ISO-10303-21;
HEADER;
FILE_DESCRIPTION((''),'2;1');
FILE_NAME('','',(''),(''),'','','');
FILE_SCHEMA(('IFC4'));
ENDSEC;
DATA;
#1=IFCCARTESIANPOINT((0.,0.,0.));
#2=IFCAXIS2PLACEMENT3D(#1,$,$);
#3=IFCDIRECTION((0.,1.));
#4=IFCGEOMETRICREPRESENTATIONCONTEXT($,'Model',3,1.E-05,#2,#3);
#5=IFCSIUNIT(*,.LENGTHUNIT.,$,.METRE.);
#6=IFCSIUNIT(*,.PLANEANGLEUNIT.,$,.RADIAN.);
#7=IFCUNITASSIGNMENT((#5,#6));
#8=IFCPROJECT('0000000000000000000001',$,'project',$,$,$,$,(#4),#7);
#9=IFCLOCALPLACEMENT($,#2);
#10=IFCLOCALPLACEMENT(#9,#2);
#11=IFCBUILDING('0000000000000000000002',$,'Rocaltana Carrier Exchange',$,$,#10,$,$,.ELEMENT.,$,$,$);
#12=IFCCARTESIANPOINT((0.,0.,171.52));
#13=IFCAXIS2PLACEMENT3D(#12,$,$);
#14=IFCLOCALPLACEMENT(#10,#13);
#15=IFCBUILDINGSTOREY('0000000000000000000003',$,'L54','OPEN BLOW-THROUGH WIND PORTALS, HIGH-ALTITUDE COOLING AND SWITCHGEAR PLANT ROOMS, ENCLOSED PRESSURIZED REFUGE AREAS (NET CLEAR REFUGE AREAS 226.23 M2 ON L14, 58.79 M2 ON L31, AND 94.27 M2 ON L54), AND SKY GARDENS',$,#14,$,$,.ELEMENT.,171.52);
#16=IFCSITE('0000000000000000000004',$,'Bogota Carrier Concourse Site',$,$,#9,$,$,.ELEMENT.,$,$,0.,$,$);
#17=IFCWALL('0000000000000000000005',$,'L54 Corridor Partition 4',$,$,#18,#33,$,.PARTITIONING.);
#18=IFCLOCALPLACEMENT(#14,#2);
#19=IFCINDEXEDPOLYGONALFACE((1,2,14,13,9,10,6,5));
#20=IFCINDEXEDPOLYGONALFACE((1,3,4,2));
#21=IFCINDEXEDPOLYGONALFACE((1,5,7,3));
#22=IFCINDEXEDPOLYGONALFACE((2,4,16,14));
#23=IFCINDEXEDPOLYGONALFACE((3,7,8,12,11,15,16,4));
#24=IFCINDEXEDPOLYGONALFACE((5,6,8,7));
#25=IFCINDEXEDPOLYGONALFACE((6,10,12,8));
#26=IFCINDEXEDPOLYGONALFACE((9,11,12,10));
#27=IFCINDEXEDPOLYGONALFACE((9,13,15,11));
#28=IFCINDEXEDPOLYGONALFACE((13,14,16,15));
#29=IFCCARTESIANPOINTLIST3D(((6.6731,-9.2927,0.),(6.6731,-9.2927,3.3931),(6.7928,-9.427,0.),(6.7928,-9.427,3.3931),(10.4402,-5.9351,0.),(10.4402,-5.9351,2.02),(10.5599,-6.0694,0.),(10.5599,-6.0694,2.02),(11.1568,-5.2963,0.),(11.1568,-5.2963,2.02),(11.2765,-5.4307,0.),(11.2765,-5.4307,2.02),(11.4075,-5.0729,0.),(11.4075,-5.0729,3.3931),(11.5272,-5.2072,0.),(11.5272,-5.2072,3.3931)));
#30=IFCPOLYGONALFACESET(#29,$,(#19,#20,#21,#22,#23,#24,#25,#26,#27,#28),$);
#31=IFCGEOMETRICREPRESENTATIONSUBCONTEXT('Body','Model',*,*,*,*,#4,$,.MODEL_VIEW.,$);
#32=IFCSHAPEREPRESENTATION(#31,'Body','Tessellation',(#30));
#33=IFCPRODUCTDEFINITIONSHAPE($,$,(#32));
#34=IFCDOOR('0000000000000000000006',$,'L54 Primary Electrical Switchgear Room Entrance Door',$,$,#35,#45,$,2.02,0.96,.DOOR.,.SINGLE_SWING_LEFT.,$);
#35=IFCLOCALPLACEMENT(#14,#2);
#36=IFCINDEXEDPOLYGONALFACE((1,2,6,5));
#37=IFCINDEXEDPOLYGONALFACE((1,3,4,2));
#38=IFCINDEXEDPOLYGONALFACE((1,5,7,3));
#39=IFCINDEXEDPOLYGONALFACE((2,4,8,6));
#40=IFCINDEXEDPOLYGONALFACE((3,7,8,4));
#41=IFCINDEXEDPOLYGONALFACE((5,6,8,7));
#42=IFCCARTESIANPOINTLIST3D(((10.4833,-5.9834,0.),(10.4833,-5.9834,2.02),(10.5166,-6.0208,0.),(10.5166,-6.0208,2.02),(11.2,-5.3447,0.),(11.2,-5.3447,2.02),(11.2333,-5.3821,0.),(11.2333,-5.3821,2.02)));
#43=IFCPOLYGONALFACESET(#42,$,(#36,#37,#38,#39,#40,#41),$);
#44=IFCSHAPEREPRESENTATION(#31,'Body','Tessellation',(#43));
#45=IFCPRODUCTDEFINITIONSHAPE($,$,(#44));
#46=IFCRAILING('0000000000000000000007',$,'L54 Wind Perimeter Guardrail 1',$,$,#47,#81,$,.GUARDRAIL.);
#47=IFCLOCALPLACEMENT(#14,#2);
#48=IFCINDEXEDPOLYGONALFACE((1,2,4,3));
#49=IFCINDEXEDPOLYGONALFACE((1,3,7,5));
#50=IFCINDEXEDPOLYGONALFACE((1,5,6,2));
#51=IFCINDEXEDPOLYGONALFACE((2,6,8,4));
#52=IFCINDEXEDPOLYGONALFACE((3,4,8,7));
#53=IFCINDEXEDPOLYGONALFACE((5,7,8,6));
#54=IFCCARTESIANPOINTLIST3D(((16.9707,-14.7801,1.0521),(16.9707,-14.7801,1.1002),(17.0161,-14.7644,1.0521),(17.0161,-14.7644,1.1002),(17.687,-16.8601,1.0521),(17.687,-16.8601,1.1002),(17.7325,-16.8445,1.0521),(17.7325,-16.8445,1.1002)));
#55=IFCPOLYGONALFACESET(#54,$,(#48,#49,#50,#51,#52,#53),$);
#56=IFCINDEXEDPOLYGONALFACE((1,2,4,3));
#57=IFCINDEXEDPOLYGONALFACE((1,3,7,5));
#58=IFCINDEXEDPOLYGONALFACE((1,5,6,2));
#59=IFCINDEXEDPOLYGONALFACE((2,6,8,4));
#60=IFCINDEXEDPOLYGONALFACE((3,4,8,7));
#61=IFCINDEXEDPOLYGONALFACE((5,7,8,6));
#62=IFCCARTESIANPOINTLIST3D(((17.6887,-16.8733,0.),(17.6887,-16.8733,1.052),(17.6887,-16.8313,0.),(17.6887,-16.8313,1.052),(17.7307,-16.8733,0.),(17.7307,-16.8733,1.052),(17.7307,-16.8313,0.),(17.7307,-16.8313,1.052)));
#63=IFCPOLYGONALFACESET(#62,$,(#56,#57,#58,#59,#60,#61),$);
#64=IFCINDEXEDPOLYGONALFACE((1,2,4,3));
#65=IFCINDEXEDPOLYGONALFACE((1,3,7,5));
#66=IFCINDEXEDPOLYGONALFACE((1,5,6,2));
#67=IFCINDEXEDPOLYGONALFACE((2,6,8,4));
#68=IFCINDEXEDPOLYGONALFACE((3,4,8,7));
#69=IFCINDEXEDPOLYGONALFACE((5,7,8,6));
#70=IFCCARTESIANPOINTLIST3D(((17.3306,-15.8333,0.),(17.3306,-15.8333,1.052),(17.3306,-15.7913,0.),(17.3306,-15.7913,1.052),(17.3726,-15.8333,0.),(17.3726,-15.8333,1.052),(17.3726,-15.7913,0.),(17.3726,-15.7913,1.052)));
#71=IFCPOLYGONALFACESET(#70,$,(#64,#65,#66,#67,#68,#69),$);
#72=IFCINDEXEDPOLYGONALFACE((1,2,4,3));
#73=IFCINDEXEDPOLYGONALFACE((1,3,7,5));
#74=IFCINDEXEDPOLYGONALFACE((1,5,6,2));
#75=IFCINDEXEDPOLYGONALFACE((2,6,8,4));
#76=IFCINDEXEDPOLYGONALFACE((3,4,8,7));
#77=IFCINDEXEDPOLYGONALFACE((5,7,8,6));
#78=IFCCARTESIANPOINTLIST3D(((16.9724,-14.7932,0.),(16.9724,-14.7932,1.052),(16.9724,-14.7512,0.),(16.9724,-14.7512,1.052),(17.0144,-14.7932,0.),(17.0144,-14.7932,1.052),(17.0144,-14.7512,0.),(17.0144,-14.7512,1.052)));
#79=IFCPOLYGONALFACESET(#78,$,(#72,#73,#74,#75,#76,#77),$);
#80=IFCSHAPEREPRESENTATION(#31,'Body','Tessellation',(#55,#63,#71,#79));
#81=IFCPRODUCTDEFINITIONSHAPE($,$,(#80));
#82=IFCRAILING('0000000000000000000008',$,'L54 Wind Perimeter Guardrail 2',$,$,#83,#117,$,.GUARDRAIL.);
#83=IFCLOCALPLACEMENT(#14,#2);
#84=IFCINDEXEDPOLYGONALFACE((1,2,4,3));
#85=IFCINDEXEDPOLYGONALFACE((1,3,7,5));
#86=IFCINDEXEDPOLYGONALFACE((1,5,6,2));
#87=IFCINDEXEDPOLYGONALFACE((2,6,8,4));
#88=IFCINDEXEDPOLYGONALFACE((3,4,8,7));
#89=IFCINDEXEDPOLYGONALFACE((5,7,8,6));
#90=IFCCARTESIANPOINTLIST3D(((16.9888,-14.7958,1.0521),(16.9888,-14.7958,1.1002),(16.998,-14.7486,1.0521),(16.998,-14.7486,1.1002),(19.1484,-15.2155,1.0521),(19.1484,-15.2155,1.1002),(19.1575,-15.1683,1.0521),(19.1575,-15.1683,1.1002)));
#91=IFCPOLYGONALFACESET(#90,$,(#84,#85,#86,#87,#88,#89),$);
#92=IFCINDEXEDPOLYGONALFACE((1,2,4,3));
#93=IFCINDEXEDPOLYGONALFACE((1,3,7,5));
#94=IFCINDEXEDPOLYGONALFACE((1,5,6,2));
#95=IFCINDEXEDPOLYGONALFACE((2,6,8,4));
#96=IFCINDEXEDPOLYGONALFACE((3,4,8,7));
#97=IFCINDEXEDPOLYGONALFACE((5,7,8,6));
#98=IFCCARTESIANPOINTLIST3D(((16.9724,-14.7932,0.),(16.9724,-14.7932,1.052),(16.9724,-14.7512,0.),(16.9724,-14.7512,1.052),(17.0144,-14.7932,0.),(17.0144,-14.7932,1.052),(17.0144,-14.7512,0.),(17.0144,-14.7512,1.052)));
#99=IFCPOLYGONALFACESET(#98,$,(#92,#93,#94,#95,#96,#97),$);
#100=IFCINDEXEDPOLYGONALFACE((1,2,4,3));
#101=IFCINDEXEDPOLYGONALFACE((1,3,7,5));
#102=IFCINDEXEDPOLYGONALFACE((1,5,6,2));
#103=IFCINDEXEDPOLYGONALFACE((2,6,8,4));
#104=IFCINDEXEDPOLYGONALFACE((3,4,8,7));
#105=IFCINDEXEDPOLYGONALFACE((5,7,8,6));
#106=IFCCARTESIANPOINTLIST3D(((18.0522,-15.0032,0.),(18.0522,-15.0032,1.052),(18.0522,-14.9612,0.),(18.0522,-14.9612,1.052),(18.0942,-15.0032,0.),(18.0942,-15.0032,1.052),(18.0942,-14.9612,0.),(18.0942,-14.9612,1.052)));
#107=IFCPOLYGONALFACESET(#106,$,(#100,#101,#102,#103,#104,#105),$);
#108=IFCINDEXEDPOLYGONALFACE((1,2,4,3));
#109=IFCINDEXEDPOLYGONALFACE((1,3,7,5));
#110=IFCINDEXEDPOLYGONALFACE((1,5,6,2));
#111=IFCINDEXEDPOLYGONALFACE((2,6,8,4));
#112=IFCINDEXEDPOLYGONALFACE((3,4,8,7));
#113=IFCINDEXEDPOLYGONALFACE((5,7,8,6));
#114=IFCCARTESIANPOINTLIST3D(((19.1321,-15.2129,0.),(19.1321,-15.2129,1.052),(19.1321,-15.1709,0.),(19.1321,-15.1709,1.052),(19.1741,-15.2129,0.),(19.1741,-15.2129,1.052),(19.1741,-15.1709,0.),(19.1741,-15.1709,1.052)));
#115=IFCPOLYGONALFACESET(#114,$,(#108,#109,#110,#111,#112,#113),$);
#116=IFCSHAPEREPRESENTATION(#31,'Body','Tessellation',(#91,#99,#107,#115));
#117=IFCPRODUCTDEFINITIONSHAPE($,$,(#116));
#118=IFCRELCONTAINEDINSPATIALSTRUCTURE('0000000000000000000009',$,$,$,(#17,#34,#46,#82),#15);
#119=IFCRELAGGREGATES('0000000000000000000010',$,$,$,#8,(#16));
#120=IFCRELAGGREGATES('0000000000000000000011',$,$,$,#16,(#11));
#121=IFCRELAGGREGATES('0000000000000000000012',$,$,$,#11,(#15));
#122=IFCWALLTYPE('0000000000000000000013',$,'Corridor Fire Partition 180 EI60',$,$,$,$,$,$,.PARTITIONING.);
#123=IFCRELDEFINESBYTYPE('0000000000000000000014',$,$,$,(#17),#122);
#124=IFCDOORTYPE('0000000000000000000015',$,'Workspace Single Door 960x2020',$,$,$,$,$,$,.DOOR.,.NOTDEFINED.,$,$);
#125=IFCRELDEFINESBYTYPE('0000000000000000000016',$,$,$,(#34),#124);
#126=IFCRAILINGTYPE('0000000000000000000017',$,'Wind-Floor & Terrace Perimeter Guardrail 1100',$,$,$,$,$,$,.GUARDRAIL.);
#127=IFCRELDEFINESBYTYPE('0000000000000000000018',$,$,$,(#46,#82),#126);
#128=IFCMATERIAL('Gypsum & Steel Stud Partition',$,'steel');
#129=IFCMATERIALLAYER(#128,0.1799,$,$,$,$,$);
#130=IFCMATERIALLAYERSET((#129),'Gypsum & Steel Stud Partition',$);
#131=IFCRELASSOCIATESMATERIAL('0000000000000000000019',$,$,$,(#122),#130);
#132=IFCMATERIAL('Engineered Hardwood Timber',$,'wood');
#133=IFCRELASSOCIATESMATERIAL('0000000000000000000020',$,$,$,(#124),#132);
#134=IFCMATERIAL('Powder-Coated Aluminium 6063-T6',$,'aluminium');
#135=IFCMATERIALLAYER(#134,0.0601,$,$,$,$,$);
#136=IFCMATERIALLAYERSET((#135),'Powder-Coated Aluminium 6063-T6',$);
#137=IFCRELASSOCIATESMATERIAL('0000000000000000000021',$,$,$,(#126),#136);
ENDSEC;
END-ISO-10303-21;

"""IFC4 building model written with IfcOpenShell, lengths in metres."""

from ifc_helpers import new_model, si_unit, direction, frame, frame_2d, origin, origin_2d, place, context, subcontext, project, spatial, rectangle, extrude, material, layer, layer_set, type_object, element, fill, save


model = new_model("IFC4")

# Units and contexts
model_context = context("Model", 3, precision=1e-05, world=origin(), true_north=direction((0.0, 1.0)))
body_context = subcontext(model_context, "Body", "Model", "MODEL_VIEW")
ifc_project = project(units=[si_unit("LENGTHUNIT", "METRE"), si_unit("PLANEANGLEUNIT", "RADIAN")], contexts=[model_context])

# Site, building, storey
site_placement = place(None, origin())
site = spatial("IfcSite", under=ifc_project, at=site_placement, Name="Bogota Carrier Concourse Site", CompositionType="ELEMENT", RefElevation=0.0)
building_placement = place(site_placement, origin())
building = spatial("IfcBuilding", under=site, at=building_placement, Name="Rocaltana Carrier Exchange", CompositionType="ELEMENT")
storey_placement = place(building_placement, frame((0.0, 0.0, 171.52)))
storey = spatial("IfcBuildingStorey", under=building, at=storey_placement, Name="L54", Description="OPEN BLOW-THROUGH WIND PORTALS, HIGH-ALTITUDE COOLING AND SWITCHGEAR PLANT ROOMS, ENCLOSED PRESSURIZED REFUGE AREAS (NET CLEAR REFUGE AREAS 226.23 M2 ON L14, 58.79 M2 ON L31, AND 94.27 M2 ON L54), AND SKY GARDENS", CompositionType="ELEMENT", Elevation=171.52)

# Wall, opening, door
ifc_material_1 = material(Name="Gypsum & Steel Stud Partition", Category="steel")
ifc_layer_1 = layer(ifc_material_1, 0.1799)
ifc_layer_set_1 = layer_set([ifc_layer_1], Name="Gypsum & Steel Stud Partition")
wall_type = type_object("IfcWallType", Name="Corridor Fire Partition 180 EI60", PredefinedType="PARTITIONING", material=ifc_layer_set_1)
wall_placement = place(storey_placement, frame((11.4673, -5.1401, 0.0), z_axis=(0.0, 0.0, 1.0), x_axis=(-0.746517, -0.665367, 0.0)))
wall = element("IfcWall", 1, at=wall_placement, inside=storey, type_object=wall_type, Name="L54 Corridor Partition 4", PredefinedType="PARTITIONING", context=body_context, shape_type="SweptSolid", body=[
    extrude(rectangle(XDim=6.342, YDim=0.1799, at=frame_2d((3.1709, 0.0))), origin(), (0.0, 0.0, 1.0), 3.3931),
])
opening_placement = place(wall_placement, frame((0.3357, 0.0, 0.0)))
opening = element("IfcOpeningElement", 2, at=opening_placement, cuts=wall, PredefinedType="OPENING", context=body_context, shape_type="SweptSolid", body=[
    extrude(rectangle(XDim=0.96, YDim=2.02, at=frame_2d((0.48, 1.01))), frame((0.0, 0.0999, 0.0), z_axis=(0.0, -1.0, 0.0), x_axis=(1.0, 0.0, 0.0)), (0.0, 0.0, 1.0), 0.2),
])
ifc_material_2 = material(Name="Engineered Hardwood Timber", Category="wood")
door_type = type_object("IfcDoorType", Name="Workspace Single Door 960x2020", OperationType="NOTDEFINED", PredefinedType="DOOR", material=ifc_material_2)
door_placement = place(opening_placement, origin())
door = element("IfcDoor", 3, at=door_placement, inside=storey, type_object=door_type, Name="L54 Primary Electrical Switchgear Room Entrance Door", OperationType="SINGLE_SWING_LEFT", OverallHeight=2.02, OverallWidth=0.96, PredefinedType="DOOR", context=body_context, shape_type="SweptSolid", body=[
    extrude(rectangle(XDim=0.96, YDim=2.02, at=frame_2d((0.48, 1.01))), frame((0.0, 0.0249, 0.0), z_axis=(0.0, -1.0, 0.0), x_axis=(1.0, 0.0, 0.0)), (0.0, 0.0, 1.0), 0.05),
])
fill(opening, door)

# Railings
ifc_material_3 = material(Name="Powder-Coated Aluminium 6063-T6", Category="aluminium")
ifc_layer_2 = layer(ifc_material_3, 0.0601)
ifc_layer_set_2 = layer_set([ifc_layer_2], Name="Powder-Coated Aluminium 6063-T6")
railing_type = type_object("IfcRailingType", Name="Wind-Floor & Terrace Perimeter Guardrail 1100", PredefinedType="GUARDRAIL", material=ifc_layer_set_2)
railing_1_placement = place(storey_placement, frame((17.7097, -16.8523, 0.0)))
element("IfcRailing", 4, at=railing_1_placement, inside=storey, type_object=railing_type, Name="L54 Wind Perimeter Guardrail 1", PredefinedType="GUARDRAIL", context=body_context, shape_type="SweptSolid", body=[
    extrude(rectangle(XDim=0.0481, YDim=0.0481, at=origin_2d()), frame((0.0, 0.0, 1.0762), z_axis=(-0.325601, 0.945507, 0.0), x_axis=(-0.945507, -0.325601, 0.0)), (0.0, 0.0, 1.0), 2.2),
    extrude(rectangle(XDim=0.042, YDim=0.042, at=origin_2d()), origin(), (0.0, 0.0, 1.0), 1.052),
    extrude(rectangle(XDim=0.042, YDim=0.042, at=origin_2d()), frame((-0.3582, 1.04, 0.0)), (0.0, 0.0, 1.0), 1.052),
    extrude(rectangle(XDim=0.042, YDim=0.042, at=origin_2d()), frame((-0.7163, 2.0801, 0.0)), (0.0, 0.0, 1.0), 1.052),
])
railing_2_placement = place(storey_placement, frame((16.9934, -14.7722, 0.0)))
element("IfcRailing", 5, at=railing_2_placement, inside=storey, type_object=railing_type, Name="L54 Wind Perimeter Guardrail 2", PredefinedType="GUARDRAIL", context=body_context, shape_type="SweptSolid", body=[
    extrude(rectangle(XDim=0.0481, YDim=0.0481, at=origin_2d()), frame((0.0, 0.0, 1.0762), z_axis=(0.981637, -0.190757, 0.0), x_axis=(0.190757, 0.981637, 0.0)), (0.0, 0.0, 1.0), 2.2),
    extrude(rectangle(XDim=0.042, YDim=0.042, at=origin_2d()), origin(), (0.0, 0.0, 1.0), 1.052),
    extrude(rectangle(XDim=0.042, YDim=0.042, at=origin_2d()), frame((1.0798, -0.21, 0.0)), (0.0, 0.0, 1.0), 1.052),
    extrude(rectangle(XDim=0.042, YDim=0.042, at=origin_2d()), frame((2.1597, -0.4197, 0.0)), (0.0, 0.0, 1.0), 1.052),
])

save(model, "model.ifc")
